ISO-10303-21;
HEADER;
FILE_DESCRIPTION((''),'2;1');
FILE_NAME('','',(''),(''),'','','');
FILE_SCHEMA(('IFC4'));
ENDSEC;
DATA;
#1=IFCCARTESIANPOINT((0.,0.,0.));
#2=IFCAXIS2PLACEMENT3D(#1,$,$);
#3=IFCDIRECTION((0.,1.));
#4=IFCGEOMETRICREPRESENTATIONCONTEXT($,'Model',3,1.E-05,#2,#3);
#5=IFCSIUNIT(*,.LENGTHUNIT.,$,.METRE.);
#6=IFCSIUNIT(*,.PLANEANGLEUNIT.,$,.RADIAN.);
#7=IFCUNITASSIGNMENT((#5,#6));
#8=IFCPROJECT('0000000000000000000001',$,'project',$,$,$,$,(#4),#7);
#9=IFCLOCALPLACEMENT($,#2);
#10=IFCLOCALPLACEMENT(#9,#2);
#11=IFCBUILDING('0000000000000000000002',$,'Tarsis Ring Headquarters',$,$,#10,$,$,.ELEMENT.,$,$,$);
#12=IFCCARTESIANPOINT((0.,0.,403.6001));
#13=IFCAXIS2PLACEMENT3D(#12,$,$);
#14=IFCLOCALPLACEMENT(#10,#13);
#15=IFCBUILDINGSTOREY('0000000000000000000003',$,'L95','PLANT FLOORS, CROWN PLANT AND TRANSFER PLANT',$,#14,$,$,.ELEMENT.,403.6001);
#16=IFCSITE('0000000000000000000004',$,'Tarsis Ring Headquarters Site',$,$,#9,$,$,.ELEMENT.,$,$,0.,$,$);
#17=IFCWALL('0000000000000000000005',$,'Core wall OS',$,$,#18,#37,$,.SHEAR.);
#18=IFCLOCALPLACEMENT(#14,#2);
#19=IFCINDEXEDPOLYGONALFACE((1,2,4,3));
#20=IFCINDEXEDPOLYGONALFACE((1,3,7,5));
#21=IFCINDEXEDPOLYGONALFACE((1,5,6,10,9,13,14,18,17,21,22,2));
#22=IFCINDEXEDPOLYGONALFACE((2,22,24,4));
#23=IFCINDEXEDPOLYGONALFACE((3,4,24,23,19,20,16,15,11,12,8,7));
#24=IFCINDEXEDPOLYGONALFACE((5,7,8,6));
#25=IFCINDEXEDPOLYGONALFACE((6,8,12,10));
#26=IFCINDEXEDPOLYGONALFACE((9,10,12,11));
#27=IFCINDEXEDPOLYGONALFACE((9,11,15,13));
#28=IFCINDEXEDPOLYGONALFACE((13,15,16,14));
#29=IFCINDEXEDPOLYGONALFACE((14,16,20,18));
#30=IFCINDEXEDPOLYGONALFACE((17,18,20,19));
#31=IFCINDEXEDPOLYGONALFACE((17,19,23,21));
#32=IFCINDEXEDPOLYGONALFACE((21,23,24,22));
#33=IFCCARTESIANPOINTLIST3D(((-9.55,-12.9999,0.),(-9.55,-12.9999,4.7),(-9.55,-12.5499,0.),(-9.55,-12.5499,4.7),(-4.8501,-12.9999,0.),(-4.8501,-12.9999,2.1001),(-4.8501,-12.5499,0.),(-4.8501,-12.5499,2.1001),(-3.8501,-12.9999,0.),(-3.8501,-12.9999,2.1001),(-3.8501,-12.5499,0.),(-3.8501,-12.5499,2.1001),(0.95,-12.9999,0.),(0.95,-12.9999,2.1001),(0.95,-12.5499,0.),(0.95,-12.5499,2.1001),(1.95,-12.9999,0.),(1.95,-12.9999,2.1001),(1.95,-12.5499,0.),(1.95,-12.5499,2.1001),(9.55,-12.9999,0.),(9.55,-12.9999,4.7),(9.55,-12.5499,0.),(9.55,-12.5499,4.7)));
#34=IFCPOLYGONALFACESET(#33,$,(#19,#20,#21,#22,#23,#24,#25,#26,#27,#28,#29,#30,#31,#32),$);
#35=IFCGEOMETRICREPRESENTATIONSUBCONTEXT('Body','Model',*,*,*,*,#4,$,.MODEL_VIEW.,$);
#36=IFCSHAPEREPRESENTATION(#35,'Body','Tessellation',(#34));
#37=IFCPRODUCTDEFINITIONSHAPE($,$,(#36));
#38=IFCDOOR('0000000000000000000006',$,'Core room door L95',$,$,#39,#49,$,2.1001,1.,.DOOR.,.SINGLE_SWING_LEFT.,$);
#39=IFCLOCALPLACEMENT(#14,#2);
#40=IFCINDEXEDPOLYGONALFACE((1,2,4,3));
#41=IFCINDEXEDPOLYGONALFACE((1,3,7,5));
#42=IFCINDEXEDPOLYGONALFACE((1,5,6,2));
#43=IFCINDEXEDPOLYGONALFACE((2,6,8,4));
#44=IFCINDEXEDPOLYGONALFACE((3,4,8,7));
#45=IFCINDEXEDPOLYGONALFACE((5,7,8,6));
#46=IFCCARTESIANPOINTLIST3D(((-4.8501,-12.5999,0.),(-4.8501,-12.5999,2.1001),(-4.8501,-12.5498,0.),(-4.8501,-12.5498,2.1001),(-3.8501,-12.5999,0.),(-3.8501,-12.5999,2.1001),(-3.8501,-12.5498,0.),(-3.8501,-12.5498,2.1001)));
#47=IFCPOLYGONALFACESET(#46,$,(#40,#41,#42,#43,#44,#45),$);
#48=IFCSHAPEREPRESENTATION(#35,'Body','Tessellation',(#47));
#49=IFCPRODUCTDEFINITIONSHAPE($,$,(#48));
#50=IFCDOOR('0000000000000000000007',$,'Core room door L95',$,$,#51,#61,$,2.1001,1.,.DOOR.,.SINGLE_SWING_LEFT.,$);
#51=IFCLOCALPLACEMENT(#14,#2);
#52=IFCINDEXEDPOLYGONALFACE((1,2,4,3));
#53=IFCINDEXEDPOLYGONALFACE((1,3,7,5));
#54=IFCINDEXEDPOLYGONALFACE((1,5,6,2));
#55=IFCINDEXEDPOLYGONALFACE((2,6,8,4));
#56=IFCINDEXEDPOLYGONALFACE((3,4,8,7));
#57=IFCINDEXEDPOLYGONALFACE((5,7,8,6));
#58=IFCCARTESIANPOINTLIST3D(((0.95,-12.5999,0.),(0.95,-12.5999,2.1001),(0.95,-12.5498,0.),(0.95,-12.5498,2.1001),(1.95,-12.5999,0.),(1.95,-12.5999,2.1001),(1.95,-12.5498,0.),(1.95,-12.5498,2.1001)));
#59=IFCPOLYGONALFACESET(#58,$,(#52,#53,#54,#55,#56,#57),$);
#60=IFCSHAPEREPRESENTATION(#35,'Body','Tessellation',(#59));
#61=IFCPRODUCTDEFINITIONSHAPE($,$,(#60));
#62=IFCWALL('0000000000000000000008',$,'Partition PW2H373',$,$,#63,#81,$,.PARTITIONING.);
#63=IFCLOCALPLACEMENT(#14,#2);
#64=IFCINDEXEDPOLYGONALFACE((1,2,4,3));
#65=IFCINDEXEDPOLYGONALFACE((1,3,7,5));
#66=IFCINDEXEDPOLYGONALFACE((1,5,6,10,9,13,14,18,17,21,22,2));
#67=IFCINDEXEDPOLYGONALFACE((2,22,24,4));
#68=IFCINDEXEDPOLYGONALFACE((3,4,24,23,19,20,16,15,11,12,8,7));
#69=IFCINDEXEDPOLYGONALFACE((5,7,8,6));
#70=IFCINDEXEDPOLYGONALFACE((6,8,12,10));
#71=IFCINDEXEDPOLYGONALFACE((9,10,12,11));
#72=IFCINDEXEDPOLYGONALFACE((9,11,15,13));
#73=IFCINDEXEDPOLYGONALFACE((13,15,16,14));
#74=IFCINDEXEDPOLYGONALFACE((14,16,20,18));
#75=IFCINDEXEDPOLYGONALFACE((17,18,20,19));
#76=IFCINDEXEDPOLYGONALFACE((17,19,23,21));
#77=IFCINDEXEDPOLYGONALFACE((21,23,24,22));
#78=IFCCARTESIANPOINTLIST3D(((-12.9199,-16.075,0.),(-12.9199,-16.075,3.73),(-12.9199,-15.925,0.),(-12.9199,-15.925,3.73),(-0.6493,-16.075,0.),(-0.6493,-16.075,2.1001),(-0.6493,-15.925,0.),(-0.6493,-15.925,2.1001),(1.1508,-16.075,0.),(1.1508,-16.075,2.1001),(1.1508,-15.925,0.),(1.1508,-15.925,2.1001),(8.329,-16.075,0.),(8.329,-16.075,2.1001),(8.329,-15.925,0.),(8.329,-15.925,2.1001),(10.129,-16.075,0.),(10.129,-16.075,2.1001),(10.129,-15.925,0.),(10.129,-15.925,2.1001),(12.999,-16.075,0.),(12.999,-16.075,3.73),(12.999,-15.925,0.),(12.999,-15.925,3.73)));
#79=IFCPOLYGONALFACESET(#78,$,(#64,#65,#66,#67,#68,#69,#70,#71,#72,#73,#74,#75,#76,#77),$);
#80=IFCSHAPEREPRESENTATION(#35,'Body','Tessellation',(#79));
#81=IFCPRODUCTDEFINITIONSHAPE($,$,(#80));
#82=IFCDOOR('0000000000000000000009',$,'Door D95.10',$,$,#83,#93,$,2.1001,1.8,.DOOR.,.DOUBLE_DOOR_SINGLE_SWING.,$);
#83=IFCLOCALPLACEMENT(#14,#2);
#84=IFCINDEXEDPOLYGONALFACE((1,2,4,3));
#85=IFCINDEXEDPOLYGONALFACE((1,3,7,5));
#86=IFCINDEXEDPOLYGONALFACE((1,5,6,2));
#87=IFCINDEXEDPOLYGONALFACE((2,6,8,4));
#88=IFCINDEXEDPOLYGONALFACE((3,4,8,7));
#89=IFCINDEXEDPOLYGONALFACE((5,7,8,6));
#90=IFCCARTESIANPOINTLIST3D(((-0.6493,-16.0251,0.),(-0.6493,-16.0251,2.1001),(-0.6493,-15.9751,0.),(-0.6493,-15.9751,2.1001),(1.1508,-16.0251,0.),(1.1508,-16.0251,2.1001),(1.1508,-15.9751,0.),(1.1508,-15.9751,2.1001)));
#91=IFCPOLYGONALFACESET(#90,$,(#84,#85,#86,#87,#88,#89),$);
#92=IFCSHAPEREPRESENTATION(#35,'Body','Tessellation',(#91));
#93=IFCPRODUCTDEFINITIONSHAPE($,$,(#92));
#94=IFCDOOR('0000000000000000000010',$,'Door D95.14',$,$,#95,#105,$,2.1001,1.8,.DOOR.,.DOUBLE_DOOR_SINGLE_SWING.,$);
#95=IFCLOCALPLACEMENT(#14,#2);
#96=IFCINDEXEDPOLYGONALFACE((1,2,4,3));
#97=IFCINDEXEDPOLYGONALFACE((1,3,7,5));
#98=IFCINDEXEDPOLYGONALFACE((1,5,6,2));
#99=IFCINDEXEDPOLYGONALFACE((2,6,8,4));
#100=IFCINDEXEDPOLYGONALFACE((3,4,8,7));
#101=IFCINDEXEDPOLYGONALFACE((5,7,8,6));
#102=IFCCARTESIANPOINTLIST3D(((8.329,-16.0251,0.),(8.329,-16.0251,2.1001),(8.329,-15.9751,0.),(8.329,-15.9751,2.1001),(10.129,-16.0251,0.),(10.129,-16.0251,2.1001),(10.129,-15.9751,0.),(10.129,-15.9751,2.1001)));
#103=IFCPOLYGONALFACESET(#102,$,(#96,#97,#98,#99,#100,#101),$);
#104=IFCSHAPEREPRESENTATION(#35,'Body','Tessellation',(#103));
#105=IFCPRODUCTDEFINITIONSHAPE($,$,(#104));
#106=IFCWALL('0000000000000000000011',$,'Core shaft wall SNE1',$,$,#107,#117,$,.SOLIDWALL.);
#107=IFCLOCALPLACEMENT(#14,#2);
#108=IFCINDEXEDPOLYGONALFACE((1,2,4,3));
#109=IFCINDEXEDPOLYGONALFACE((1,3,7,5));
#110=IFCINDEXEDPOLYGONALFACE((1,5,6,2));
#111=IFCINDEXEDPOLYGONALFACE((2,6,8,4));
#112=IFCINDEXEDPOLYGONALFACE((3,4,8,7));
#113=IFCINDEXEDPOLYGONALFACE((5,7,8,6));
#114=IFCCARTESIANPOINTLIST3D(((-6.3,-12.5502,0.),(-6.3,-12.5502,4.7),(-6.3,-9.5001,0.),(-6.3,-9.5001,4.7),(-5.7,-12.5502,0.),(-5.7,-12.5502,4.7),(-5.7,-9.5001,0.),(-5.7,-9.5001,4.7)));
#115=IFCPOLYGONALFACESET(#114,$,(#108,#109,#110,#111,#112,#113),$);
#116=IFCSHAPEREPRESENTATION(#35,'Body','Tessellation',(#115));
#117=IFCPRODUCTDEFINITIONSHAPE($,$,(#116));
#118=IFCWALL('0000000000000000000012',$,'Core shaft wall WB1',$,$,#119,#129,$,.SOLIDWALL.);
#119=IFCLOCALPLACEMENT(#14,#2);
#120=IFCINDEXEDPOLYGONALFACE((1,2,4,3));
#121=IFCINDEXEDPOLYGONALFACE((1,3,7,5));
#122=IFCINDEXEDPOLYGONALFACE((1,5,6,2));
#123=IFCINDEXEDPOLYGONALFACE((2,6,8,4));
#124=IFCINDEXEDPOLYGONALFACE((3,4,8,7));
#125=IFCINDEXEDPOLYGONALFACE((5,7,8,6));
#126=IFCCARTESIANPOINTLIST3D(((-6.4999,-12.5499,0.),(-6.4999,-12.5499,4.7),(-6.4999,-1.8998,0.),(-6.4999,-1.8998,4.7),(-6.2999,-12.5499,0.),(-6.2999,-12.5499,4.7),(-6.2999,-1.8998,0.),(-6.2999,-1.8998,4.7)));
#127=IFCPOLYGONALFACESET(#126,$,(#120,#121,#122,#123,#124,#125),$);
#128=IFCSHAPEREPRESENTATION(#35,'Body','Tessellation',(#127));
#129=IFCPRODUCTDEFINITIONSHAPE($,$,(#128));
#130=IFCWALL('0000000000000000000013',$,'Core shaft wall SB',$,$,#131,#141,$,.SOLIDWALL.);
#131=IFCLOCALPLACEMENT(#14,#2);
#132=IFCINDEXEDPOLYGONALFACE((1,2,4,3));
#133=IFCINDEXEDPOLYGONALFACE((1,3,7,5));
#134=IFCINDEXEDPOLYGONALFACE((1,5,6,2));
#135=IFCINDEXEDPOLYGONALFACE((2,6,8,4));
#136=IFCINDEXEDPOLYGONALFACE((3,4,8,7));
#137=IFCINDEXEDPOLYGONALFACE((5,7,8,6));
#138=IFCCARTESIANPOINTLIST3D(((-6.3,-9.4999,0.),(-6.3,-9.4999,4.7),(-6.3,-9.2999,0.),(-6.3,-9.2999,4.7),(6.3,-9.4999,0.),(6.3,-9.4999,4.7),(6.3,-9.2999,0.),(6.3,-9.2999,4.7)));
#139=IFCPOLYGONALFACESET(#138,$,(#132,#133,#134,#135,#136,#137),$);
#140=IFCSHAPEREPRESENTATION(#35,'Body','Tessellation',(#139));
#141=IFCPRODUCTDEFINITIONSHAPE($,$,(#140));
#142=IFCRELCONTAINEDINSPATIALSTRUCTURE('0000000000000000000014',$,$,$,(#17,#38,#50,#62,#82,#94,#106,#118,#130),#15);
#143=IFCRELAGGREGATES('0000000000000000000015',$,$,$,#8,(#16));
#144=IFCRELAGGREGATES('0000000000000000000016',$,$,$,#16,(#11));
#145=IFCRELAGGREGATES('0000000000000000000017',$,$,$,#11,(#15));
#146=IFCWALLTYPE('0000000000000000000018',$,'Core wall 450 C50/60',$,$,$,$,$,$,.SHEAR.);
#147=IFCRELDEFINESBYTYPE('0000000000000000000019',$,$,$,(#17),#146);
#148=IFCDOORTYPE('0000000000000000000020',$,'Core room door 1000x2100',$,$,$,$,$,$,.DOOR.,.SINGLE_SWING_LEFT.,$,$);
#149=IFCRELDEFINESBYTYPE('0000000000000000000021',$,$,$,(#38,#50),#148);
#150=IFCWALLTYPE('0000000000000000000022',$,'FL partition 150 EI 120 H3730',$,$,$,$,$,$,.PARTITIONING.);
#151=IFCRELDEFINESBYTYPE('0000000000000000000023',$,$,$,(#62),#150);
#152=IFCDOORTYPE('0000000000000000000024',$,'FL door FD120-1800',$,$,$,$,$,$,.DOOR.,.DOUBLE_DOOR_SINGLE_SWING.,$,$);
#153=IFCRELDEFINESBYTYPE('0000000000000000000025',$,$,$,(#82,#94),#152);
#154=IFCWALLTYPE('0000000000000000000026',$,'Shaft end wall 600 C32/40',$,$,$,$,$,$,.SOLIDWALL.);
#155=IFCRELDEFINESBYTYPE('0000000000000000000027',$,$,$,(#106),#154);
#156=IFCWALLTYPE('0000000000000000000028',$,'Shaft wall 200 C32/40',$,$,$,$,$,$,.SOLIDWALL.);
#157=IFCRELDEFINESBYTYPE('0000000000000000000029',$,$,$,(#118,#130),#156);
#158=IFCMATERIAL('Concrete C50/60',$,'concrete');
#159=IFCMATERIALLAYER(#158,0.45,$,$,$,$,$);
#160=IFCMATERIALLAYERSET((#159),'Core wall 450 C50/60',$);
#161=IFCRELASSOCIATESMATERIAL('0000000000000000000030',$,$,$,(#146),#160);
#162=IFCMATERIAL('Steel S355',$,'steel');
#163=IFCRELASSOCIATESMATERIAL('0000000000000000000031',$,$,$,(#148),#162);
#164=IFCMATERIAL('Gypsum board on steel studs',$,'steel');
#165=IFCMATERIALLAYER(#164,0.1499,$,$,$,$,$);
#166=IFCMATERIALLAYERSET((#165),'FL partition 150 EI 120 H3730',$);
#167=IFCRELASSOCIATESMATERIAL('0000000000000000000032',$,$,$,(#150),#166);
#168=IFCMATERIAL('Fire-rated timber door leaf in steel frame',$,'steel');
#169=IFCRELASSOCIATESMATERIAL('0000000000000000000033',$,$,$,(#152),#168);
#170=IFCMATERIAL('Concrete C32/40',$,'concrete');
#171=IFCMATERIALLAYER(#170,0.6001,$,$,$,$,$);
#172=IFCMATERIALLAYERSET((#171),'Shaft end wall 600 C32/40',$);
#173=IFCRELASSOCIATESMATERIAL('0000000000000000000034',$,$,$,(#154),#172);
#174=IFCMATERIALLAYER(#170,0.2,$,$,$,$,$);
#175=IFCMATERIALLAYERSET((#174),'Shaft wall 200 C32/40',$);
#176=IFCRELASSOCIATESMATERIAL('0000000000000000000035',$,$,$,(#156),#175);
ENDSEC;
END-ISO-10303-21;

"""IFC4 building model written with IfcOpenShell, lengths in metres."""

from ifc_helpers import new_model, si_unit, direction, frame, frame_2d, origin, place, context, subcontext, project, spatial, rectangle, extrude, material, layer, layer_set, type_object, element, fill, save


model = new_model("IFC4")

# Units and contexts
model_context = context("Model", 3, precision=1e-05, world=origin(), true_north=direction((0.0, 1.0)))
body_context = subcontext(model_context, "Body", "Model", "MODEL_VIEW")
ifc_project = project(units=[si_unit("LENGTHUNIT", "METRE"), si_unit("PLANEANGLEUNIT", "RADIAN")], contexts=[model_context])

# Site, building, storey
site_placement = place(None, origin())
site = spatial("IfcSite", under=ifc_project, at=site_placement, Name="Tarsis Ring Headquarters Site", CompositionType="ELEMENT", RefElevation=0.0)
building_placement = place(site_placement, origin())
building = spatial("IfcBuilding", under=site, at=building_placement, Name="Tarsis Ring Headquarters", CompositionType="ELEMENT")
storey_placement = place(building_placement, frame((0.0, 0.0, 403.6001)))
storey = spatial("IfcBuildingStorey", under=building, at=storey_placement, Name="L95", Description="PLANT FLOORS, CROWN PLANT AND TRANSFER PLANT", CompositionType="ELEMENT", Elevation=403.6001)

# Walls, openings, doors
ifc_material_1 = material(Name="Concrete C50/60", Category="concrete")
ifc_layer_1 = layer(ifc_material_1, 0.45)
ifc_layer_set_1 = layer_set([ifc_layer_1], Name="Core wall 450 C50/60")
wall_type_1 = type_object("IfcWallType", Name="Core wall 450 C50/60", PredefinedType="SHEAR", material=ifc_layer_set_1)
ifc_material_2 = material(Name="Steel S355", Category="steel")
door_type_1 = type_object("IfcDoorType", Name="Core room door 1000x2100", OperationType="SINGLE_SWING_LEFT", PredefinedType="DOOR", material=ifc_material_2)
wall_1_placement = place(storey_placement, frame((-9.55, -12.7749, 0.0), z_axis=(0.0, 0.0, 1.0), x_axis=(1.0, 0.0, 0.0)))
wall_1 = element("IfcWall", 1, at=wall_1_placement, inside=storey, type_object=wall_type_1, Name="Core wall OS", PredefinedType="SHEAR", context=body_context, shape_type="SweptSolid", body=[
    extrude(rectangle(XDim=19.1001, YDim=0.45, at=frame_2d((9.55, 0.0))), origin(), (0.0, 0.0, 1.0), 4.7),
])
opening_1_placement = place(wall_1_placement, frame((4.7, 0.0, 0.0)))
opening_1 = element("IfcOpeningElement", 2, at=opening_1_placement, cuts=wall_1, PredefinedType="OPENING", context=body_context, shape_type="SweptSolid", body=[
    extrude(rectangle(XDim=1.0, YDim=2.1001, at=frame_2d((0.5, 1.05))), frame((0.0, 0.2349, 0.0), z_axis=(0.0, -1.0, 0.0), x_axis=(1.0, 0.0, 0.0)), (0.0, 0.0, 1.0), 0.47),
])
opening_2_placement = place(wall_1_placement, frame((10.5, 0.0, 0.0)))
opening_2 = element("IfcOpeningElement", 3, at=opening_2_placement, cuts=wall_1, PredefinedType="OPENING", context=body_context, shape_type="SweptSolid", body=[
    extrude(rectangle(XDim=1.0, YDim=2.1001, at=frame_2d((0.5, 1.05))), frame((0.0, 0.2349, 0.0), z_axis=(0.0, -1.0, 0.0), x_axis=(1.0, 0.0, 0.0)), (0.0, 0.0, 1.0), 0.47),
])
door_1_placement = place(opening_1_placement, origin())
door_1 = element("IfcDoor", 4, at=door_1_placement, inside=storey, type_object=door_type_1, Name="Core room door L95", OperationType="SINGLE_SWING_LEFT", OverallHeight=2.1001, OverallWidth=1.0, PredefinedType="DOOR", context=body_context, shape_type="SweptSolid", body=[
    extrude(rectangle(XDim=1.0, YDim=2.1001, at=frame_2d((0.5, 1.05))), frame((0.0, 0.2251, 0.0), z_axis=(0.0, -1.0, 0.0), x_axis=(1.0, 0.0, 0.0)), (0.0, 0.0, 1.0), 0.05),
])
fill(opening_1, door_1)
door_2_placement = place(opening_2_placement, origin())
door_2 = element("IfcDoor", 5, at=door_2_placement, inside=storey, type_object=door_type_1, Name="Core room door L95", OperationType="SINGLE_SWING_LEFT", OverallHeight=2.1001, OverallWidth=1.0, PredefinedType="DOOR", context=body_context, shape_type="SweptSolid", body=[
    extrude(rectangle(XDim=1.0, YDim=2.1001, at=frame_2d((0.5, 1.05))), frame((0.0, 0.2251, 0.0), z_axis=(0.0, -1.0, 0.0), x_axis=(1.0, 0.0, 0.0)), (0.0, 0.0, 1.0), 0.05),
])
fill(opening_2, door_2)
ifc_material_3 = material(Name="Gypsum board on steel studs", Category="steel")
ifc_layer_2 = layer(ifc_material_3, 0.1499)
ifc_layer_set_2 = layer_set([ifc_layer_2], Name="FL partition 150 EI 120 H3730")
wall_type_2 = type_object("IfcWallType", Name="FL partition 150 EI 120 H3730", PredefinedType="PARTITIONING", material=ifc_layer_set_2)
wall_2_placement = place(storey_placement, frame((-12.9199, -16.0, 0.0), z_axis=(0.0, 0.0, 1.0), x_axis=(1.0, 0.0, 0.0)))
wall_2 = element("IfcWall", 6, at=wall_2_placement, inside=storey, type_object=wall_type_2, Name="Partition PW2H373", PredefinedType="PARTITIONING", context=body_context, shape_type="SweptSolid", body=[
    extrude(rectangle(XDim=25.9189, YDim=0.1499, at=frame_2d((12.9595, 0.0))), origin(), (0.0, 0.0, 1.0), 3.73),
])
opening_3_placement = place(wall_2_placement, frame((12.2708, 0.0, 0.0)))
opening_3 = element("IfcOpeningElement", 7, at=opening_3_placement, cuts=wall_2, PredefinedType="OPENING", context=body_context, shape_type="SweptSolid", body=[
    extrude(rectangle(XDim=1.8, YDim=2.1001, at=frame_2d((0.8999, 1.05))), frame((0.0, 0.085, 0.0), z_axis=(0.0, -1.0, 0.0), x_axis=(1.0, 0.0, 0.0)), (0.0, 0.0, 1.0), 0.1699),
])
opening_4_placement = place(wall_2_placement, frame((21.249, 0.0, 0.0)))
opening_4 = element("IfcOpeningElement", 8, at=opening_4_placement, cuts=wall_2, PredefinedType="OPENING", context=body_context, shape_type="SweptSolid", body=[
    extrude(rectangle(XDim=1.8, YDim=2.1001, at=frame_2d((0.8999, 1.05))), frame((0.0, 0.085, 0.0), z_axis=(0.0, -1.0, 0.0), x_axis=(1.0, 0.0, 0.0)), (0.0, 0.0, 1.0), 0.1699),
])
ifc_material_4 = material(Name="Fire-rated timber door leaf in steel frame", Category="steel")
door_type_2 = type_object("IfcDoorType", Name="FL door FD120-1800", OperationType="DOUBLE_DOOR_SINGLE_SWING", PredefinedType="DOOR", material=ifc_material_4)
door_3_placement = place(opening_3_placement, origin())
door_3 = element("IfcDoor", 9, at=door_3_placement, inside=storey, type_object=door_type_2, Name="Door D95.10", OperationType="DOUBLE_DOOR_SINGLE_SWING", OverallHeight=2.1001, OverallWidth=1.8, PredefinedType="DOOR", context=body_context, shape_type="SweptSolid", body=[
    extrude(rectangle(XDim=1.8, YDim=2.1001, at=frame_2d((0.8999, 1.05))), frame((0.0, 0.0249, 0.0), z_axis=(0.0, -1.0, 0.0), x_axis=(1.0, 0.0, 0.0)), (0.0, 0.0, 1.0), 0.05),
])
fill(opening_3, door_3)
door_4_placement = place(opening_4_placement, origin())
door_4 = element("IfcDoor", 10, at=door_4_placement, inside=storey, type_object=door_type_2, Name="Door D95.14", OperationType="DOUBLE_DOOR_SINGLE_SWING", OverallHeight=2.1001, OverallWidth=1.8, PredefinedType="DOOR", context=body_context, shape_type="SweptSolid", body=[
    extrude(rectangle(XDim=1.8, YDim=2.1001, at=frame_2d((0.8999, 1.05))), frame((0.0, 0.0249, 0.0), z_axis=(0.0, -1.0, 0.0), x_axis=(1.0, 0.0, 0.0)), (0.0, 0.0, 1.0), 0.05),
])
fill(opening_4, door_4)

# Walls
ifc_material_5 = material(Name="Concrete C32/40", Category="concrete")
ifc_layer_3 = layer(ifc_material_5, 0.6001)
ifc_layer_set_3 = layer_set([ifc_layer_3], Name="Shaft end wall 600 C32/40")
wall_type_3 = type_object("IfcWallType", Name="Shaft end wall 600 C32/40", PredefinedType="SOLIDWALL", material=ifc_layer_set_3)
wall_3_placement = place(storey_placement, frame((-6.0, -12.55, 0.0), z_axis=(0.0, 0.0, 1.0), x_axis=(0.0, 1.0, 0.0)))
element("IfcWall", 11, at=wall_3_placement, inside=storey, type_object=wall_type_3, Name="Core shaft wall SNE1", PredefinedType="SOLIDWALL", context=body_context, shape_type="SweptSolid", body=[
    extrude(rectangle(XDim=3.05, YDim=0.6001, at=frame_2d((1.5249, 0.0))), origin(), (0.0, 0.0, 1.0), 4.7),
])
ifc_layer_4 = layer(ifc_material_5, 0.2)
ifc_layer_set_4 = layer_set([ifc_layer_4], Name="Shaft wall 200 C32/40")
wall_type_4 = type_object("IfcWallType", Name="Shaft wall 200 C32/40", PredefinedType="SOLIDWALL", material=ifc_layer_set_4)
wall_4_placement = place(storey_placement, frame((-6.3999, -12.55, 0.0), z_axis=(0.0, 0.0, 1.0), x_axis=(0.0, 1.0, 0.0)))
element("IfcWall", 12, at=wall_4_placement, inside=storey, type_object=wall_type_4, Name="Core shaft wall WB1", PredefinedType="SOLIDWALL", context=body_context, shape_type="SweptSolid", body=[
    extrude(rectangle(XDim=10.6501, YDim=0.2, at=frame_2d((5.3252, 0.0))), origin(), (0.0, 0.0, 1.0), 4.7),
])
wall_5_placement = place(storey_placement, frame((-6.3, -9.3999, 0.0), z_axis=(0.0, 0.0, 1.0), x_axis=(1.0, 0.0, 0.0)))
element("IfcWall", 13, at=wall_5_placement, inside=storey, type_object=wall_type_4, Name="Core shaft wall SB", PredefinedType="SOLIDWALL", context=body_context, shape_type="SweptSolid", body=[
    extrude(rectangle(XDim=12.6001, YDim=0.2, at=frame_2d((6.3, 0.0))), origin(), (0.0, 0.0, 1.0), 4.7),
])

save(model, "model.ifc")
